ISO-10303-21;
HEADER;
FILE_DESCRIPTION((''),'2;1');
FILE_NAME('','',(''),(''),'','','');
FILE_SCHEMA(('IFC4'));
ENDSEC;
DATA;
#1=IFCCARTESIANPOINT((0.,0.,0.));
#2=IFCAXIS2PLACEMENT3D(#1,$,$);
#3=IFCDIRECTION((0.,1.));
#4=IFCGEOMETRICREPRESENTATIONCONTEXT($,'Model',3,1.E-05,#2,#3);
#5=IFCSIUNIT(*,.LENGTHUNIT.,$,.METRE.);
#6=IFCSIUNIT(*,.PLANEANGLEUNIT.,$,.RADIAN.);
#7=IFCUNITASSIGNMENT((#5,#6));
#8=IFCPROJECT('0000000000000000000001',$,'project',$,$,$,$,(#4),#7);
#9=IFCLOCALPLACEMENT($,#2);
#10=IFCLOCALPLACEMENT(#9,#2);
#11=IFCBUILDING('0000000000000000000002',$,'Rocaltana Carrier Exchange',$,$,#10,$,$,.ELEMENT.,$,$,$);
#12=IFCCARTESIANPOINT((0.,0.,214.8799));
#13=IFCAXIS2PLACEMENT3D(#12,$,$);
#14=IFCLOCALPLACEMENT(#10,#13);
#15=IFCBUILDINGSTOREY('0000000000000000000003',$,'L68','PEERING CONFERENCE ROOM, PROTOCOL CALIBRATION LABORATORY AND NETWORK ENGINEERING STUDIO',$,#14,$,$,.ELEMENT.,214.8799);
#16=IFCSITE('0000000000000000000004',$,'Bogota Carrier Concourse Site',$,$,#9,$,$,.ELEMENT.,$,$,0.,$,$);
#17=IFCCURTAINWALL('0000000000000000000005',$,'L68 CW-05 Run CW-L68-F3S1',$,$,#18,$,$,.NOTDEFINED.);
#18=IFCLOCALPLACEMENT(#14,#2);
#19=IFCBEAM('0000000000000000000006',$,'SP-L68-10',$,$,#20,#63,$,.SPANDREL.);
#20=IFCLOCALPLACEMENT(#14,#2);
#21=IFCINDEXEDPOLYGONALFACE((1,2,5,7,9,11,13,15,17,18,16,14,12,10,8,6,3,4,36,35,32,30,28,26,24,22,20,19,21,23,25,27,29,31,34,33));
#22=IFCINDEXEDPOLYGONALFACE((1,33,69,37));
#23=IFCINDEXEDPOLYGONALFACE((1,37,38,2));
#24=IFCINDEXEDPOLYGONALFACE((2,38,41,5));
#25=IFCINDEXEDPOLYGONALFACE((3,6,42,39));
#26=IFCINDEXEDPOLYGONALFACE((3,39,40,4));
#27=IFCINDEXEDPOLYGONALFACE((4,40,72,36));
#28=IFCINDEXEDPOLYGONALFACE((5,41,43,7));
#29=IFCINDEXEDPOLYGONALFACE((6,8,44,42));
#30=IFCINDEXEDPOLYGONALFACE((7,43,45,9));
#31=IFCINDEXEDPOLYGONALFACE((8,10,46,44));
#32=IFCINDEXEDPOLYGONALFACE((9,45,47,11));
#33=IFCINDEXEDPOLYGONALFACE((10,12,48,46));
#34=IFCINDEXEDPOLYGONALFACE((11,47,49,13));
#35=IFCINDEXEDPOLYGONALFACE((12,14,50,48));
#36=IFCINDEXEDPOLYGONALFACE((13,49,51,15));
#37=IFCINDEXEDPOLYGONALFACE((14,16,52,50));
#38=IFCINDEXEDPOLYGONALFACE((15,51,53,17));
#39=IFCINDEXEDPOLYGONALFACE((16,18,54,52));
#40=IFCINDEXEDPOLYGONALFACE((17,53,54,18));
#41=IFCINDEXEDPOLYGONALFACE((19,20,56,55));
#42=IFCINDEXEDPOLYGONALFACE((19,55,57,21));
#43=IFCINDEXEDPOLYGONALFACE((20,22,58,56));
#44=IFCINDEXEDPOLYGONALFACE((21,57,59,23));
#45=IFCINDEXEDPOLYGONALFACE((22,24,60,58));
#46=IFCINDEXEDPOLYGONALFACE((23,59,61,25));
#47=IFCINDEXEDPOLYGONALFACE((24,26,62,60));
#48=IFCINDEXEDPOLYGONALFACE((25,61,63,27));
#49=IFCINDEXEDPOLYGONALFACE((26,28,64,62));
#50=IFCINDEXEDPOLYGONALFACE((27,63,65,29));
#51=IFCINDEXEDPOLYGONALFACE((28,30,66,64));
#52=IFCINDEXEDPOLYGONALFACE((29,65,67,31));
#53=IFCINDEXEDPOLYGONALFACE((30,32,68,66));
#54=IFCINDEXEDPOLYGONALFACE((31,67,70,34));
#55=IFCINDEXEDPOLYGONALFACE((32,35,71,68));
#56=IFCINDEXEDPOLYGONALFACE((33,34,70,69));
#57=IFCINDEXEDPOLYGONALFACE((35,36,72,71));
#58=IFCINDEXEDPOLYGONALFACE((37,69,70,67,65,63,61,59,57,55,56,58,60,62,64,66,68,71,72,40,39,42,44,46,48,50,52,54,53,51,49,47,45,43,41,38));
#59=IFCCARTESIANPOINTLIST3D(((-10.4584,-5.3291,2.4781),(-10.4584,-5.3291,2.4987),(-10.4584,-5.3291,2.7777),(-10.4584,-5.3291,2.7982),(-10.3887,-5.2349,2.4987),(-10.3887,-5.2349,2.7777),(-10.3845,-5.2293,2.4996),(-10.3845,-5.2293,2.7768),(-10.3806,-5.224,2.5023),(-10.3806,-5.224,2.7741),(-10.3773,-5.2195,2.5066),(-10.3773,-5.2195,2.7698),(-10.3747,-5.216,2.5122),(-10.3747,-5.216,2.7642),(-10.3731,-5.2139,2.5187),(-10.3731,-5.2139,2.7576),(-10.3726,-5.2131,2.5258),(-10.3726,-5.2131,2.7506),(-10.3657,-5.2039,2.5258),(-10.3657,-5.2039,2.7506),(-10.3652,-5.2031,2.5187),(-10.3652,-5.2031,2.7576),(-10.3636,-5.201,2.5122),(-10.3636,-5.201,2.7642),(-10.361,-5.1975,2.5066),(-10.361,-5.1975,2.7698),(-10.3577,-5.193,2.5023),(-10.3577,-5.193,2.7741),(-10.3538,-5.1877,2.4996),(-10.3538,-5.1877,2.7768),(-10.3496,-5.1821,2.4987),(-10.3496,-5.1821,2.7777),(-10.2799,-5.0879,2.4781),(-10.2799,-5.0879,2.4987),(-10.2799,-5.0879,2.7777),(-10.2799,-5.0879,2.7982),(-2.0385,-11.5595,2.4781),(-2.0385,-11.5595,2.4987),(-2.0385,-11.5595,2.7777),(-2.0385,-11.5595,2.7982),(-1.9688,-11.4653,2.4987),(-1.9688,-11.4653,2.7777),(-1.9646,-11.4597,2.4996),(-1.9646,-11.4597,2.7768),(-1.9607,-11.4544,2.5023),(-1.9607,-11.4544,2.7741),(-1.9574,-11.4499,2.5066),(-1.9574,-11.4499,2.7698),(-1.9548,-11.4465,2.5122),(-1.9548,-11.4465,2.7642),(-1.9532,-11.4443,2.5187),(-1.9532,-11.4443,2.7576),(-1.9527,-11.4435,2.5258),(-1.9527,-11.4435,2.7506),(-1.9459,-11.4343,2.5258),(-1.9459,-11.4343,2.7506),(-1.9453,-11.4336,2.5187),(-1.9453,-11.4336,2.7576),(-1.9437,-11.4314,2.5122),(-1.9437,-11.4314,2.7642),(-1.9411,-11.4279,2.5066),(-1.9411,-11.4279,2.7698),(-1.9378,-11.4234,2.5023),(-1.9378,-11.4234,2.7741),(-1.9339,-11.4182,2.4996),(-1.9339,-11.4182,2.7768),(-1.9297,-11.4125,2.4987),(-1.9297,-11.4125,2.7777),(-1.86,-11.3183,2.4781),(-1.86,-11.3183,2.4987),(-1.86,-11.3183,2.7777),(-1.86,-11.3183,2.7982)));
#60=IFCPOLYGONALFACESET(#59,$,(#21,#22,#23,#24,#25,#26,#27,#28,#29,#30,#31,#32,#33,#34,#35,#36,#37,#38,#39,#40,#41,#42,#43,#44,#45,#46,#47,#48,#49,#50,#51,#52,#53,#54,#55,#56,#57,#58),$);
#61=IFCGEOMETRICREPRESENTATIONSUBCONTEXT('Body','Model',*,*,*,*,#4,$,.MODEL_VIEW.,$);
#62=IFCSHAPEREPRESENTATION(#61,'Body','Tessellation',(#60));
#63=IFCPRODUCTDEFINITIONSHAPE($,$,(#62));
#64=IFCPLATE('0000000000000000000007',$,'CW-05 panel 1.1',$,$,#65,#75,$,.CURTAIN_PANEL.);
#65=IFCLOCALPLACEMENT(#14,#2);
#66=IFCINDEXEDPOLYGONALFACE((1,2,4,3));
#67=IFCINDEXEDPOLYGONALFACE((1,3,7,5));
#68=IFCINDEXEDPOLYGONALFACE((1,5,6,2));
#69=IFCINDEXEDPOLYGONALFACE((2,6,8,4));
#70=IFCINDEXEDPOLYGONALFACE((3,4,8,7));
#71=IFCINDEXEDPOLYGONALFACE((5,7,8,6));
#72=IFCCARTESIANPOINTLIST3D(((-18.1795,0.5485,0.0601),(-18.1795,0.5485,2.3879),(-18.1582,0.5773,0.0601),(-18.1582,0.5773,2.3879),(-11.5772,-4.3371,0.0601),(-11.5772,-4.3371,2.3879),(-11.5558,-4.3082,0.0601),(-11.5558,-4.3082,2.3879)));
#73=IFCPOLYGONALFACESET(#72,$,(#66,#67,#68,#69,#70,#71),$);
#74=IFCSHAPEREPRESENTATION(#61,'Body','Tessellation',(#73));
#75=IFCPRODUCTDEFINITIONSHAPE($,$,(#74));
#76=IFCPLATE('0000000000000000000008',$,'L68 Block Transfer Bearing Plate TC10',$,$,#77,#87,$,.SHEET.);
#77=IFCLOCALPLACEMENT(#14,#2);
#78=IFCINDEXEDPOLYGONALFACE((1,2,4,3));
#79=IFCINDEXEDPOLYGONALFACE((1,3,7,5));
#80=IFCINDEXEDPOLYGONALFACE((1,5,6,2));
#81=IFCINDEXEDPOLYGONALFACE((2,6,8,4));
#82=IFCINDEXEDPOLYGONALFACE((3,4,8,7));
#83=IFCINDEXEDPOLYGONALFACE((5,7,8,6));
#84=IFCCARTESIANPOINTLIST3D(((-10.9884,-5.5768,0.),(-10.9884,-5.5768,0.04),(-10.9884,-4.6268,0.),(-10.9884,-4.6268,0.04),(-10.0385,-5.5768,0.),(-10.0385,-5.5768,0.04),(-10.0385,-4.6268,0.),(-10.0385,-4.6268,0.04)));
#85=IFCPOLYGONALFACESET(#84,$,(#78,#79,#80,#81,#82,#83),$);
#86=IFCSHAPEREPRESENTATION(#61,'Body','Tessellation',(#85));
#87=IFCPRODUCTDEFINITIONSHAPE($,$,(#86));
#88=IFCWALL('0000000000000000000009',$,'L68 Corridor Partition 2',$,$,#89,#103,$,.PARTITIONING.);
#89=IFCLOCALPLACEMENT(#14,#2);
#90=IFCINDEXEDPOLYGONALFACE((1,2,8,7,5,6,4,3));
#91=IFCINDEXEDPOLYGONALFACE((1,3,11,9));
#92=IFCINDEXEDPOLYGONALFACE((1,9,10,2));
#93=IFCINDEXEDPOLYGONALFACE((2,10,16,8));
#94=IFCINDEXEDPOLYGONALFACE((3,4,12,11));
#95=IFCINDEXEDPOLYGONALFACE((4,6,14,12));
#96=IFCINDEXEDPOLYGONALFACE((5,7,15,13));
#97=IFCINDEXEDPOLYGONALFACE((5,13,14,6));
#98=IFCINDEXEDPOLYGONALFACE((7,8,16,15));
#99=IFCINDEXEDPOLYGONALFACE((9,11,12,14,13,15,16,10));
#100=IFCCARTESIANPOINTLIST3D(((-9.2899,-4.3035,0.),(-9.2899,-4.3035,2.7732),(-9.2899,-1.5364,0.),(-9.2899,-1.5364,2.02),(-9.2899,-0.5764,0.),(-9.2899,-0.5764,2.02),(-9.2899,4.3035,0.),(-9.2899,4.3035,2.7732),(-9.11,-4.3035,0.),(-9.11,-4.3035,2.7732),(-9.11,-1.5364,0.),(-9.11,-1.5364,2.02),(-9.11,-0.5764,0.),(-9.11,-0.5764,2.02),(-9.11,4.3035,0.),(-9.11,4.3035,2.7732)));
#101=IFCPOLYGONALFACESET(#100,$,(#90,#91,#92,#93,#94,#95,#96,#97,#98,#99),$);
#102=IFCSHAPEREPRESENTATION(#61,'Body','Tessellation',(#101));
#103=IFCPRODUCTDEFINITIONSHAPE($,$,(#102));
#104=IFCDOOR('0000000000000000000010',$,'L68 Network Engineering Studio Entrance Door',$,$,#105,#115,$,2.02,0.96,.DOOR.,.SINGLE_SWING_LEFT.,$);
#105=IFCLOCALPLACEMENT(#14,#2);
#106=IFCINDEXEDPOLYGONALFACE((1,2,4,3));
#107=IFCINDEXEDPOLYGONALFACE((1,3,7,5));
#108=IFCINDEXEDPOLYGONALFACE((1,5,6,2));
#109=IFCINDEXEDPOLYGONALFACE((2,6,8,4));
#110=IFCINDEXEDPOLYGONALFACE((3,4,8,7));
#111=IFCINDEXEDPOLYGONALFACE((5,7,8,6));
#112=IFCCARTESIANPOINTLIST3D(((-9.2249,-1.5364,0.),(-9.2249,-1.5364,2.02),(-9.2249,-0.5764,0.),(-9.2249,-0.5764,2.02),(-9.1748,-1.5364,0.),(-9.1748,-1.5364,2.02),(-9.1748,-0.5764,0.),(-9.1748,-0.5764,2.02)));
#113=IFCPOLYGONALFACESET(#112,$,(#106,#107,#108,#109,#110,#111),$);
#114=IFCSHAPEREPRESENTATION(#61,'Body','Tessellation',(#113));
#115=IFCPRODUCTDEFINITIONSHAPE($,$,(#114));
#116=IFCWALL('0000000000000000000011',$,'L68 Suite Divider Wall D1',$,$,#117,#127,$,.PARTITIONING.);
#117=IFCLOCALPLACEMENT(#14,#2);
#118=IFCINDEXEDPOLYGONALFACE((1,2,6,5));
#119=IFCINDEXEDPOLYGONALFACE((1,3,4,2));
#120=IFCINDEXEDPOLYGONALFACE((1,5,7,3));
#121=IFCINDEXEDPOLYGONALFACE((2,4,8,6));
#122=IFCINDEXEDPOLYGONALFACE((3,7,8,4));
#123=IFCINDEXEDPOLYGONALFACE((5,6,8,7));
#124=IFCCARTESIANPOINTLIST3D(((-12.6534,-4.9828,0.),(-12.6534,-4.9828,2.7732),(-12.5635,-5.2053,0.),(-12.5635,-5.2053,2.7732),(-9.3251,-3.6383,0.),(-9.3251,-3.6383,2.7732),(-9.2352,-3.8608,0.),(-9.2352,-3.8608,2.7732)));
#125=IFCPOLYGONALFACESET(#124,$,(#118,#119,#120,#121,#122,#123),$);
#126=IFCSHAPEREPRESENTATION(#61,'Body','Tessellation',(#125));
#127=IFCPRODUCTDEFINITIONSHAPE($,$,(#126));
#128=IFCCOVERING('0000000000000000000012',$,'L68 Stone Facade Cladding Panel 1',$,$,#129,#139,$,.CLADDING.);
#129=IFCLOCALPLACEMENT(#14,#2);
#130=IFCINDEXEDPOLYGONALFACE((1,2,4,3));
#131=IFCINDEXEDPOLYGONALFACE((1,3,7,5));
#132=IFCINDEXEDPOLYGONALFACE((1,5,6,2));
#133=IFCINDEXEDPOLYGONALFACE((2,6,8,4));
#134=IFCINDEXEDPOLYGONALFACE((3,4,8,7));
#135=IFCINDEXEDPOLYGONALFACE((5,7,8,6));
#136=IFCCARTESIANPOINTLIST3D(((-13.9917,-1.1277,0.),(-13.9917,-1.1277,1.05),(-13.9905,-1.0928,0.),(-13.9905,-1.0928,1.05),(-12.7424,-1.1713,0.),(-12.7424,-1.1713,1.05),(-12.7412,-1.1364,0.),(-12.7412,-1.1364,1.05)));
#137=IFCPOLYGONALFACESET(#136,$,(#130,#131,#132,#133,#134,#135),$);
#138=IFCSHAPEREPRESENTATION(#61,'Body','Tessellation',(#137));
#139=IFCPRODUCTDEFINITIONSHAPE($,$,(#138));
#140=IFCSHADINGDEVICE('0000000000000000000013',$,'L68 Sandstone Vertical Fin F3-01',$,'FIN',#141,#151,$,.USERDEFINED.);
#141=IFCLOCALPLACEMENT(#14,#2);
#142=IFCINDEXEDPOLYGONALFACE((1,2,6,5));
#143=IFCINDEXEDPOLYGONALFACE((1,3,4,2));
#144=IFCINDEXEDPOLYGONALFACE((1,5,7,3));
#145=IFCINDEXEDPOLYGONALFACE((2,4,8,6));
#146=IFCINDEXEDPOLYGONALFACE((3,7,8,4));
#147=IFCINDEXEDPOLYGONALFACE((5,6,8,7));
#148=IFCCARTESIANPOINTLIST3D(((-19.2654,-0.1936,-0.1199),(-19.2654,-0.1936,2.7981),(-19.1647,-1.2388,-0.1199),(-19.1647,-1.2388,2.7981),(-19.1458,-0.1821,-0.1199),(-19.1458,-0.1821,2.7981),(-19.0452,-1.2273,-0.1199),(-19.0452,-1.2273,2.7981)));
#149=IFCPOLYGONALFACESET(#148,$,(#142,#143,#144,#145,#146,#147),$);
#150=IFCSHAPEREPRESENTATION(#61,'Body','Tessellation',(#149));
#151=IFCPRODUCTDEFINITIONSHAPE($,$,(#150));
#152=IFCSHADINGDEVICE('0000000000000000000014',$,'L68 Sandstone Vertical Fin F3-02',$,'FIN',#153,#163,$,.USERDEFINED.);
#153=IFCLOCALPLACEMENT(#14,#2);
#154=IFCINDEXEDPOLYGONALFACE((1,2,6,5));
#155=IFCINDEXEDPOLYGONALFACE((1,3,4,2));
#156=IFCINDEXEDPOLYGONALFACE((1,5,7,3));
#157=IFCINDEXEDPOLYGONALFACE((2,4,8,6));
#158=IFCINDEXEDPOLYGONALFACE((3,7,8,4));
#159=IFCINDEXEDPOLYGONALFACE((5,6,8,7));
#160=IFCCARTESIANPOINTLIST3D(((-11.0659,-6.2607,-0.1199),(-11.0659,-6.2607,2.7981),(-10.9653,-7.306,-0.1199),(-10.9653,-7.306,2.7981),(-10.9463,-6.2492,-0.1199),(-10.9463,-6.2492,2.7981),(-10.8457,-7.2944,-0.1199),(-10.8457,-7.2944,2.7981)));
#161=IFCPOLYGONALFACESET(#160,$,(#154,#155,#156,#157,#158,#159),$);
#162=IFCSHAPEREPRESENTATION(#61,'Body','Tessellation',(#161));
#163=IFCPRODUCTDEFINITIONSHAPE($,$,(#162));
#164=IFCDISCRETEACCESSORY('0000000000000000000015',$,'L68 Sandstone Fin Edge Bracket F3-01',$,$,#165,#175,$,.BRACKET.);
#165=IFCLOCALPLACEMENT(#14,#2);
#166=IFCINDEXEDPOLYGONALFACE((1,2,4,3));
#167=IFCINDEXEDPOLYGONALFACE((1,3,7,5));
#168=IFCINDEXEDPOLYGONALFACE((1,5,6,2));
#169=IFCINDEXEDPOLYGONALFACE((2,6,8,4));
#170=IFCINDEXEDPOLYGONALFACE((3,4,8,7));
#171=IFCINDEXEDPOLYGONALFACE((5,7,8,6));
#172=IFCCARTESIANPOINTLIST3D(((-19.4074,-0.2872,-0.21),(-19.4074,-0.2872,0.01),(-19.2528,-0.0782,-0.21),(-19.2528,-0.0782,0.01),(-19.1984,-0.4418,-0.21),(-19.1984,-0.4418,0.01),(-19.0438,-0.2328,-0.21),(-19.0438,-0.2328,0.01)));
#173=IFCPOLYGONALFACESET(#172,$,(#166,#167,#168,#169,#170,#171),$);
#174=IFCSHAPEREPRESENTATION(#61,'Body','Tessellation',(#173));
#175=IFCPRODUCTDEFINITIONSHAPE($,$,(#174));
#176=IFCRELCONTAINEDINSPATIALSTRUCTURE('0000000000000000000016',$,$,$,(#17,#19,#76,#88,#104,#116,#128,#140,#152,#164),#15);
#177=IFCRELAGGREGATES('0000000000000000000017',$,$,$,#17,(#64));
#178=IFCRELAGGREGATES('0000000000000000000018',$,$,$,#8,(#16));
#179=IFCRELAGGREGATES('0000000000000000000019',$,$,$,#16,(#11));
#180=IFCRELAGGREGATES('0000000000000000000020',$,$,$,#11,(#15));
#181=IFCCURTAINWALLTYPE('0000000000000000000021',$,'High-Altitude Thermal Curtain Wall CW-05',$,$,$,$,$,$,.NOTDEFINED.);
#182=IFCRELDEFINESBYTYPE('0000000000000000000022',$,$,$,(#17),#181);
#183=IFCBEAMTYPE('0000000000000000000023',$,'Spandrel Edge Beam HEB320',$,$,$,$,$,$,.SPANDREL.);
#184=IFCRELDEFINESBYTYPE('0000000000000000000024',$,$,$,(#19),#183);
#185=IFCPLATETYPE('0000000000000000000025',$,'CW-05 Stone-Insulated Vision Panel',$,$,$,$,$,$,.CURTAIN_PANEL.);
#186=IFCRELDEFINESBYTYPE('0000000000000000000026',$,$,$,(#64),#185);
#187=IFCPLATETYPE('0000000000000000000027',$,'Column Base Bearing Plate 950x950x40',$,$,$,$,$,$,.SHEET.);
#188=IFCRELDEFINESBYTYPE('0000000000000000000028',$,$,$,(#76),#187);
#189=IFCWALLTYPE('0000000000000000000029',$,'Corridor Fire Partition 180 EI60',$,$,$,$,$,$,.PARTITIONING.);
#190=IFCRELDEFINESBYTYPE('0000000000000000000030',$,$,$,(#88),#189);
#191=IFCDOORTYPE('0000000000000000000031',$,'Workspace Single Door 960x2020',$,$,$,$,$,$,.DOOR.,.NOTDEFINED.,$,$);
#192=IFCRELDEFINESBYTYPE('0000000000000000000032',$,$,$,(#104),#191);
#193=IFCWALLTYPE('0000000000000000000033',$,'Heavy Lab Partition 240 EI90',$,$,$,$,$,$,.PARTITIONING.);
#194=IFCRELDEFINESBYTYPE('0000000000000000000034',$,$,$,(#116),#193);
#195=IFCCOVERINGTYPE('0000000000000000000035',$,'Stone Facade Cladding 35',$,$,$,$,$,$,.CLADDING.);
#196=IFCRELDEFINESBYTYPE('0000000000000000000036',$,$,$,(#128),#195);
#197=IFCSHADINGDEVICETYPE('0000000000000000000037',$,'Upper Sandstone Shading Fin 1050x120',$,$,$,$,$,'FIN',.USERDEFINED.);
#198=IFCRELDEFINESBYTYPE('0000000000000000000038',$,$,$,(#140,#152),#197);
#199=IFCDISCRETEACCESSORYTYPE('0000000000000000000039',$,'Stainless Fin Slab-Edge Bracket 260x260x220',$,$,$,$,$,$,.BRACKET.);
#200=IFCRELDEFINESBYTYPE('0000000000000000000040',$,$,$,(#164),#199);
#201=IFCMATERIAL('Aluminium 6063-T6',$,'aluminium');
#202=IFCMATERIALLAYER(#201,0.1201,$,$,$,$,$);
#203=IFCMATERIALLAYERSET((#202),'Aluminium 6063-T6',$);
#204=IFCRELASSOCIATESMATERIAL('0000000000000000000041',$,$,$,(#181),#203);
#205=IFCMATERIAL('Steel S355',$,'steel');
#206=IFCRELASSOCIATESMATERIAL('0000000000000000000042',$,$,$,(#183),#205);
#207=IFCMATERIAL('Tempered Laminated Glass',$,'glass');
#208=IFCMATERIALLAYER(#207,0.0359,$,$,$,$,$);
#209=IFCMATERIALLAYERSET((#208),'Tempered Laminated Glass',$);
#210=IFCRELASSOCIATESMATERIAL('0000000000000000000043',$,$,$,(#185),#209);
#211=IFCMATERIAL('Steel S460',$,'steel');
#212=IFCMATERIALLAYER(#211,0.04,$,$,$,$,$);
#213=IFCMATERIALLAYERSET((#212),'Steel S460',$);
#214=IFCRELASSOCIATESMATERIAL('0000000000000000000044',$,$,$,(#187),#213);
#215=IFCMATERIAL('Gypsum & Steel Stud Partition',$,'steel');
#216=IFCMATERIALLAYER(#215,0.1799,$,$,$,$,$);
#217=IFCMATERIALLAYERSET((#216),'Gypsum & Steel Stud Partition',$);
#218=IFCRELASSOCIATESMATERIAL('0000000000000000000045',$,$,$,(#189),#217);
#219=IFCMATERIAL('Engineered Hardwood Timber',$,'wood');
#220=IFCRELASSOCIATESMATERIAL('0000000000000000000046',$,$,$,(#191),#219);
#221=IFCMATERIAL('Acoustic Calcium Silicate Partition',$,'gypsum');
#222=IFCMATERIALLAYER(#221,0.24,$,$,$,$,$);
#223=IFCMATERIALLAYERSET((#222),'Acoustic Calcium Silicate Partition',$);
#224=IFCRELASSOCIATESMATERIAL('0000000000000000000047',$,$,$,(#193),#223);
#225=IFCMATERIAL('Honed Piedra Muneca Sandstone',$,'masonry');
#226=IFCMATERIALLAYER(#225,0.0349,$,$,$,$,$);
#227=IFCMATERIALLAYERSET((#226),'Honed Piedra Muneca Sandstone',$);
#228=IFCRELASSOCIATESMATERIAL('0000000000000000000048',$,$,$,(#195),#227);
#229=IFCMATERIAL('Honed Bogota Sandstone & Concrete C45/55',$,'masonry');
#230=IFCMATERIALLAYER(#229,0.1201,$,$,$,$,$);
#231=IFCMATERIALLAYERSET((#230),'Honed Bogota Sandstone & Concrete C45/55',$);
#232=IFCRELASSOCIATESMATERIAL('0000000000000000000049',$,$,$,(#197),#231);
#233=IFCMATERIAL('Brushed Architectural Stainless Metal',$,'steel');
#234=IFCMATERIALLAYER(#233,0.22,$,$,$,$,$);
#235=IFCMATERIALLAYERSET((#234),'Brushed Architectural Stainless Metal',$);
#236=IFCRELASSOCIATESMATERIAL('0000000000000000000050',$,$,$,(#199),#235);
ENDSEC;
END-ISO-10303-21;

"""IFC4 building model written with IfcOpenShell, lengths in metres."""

from ifc_helpers import new_model, si_unit, direction, frame, frame_2d, origin, origin_2d, place, context, subcontext, project, spatial, rectangle, i_section, extrude, material, layer, layer_set, material_profile, profile_set, type_object, element, fill, aggregate, save


model = new_model("IFC4")

# Units and contexts
model_context = context("Model", 3, precision=1e-05, world=origin(), true_north=direction((0.0, 1.0)))
body_context = subcontext(model_context, "Body", "Model", "MODEL_VIEW")
ifc_project = project(units=[si_unit("LENGTHUNIT", "METRE"), si_unit("PLANEANGLEUNIT", "RADIAN")], contexts=[model_context])

# Site, building, storey
site_placement = place(None, origin())
site = spatial("IfcSite", under=ifc_project, at=site_placement, Name="Bogota Carrier Concourse Site", CompositionType="ELEMENT", RefElevation=0.0)
building_placement = place(site_placement, origin())
building = spatial("IfcBuilding", under=site, at=building_placement, Name="Rocaltana Carrier Exchange", CompositionType="ELEMENT")
storey_placement = place(building_placement, frame((0.0, 0.0, 214.8799)))
storey = spatial("IfcBuildingStorey", under=building, at=storey_placement, Name="L68", Description="PEERING CONFERENCE ROOM, PROTOCOL CALIBRATION LABORATORY AND NETWORK ENGINEERING STUDIO", CompositionType="ELEMENT", Elevation=214.8799)

# Curtain wall
ifc_material_1 = material(Name="Aluminium 6063-T6", Category="aluminium")
ifc_layer_1 = layer(ifc_material_1, 0.1201)
ifc_layer_set_1 = layer_set([ifc_layer_1], Name="Aluminium 6063-T6")
curtain_wall_type = type_object("IfcCurtainWallType", Name="High-Altitude Thermal Curtain Wall CW-05", PredefinedType="NOTDEFINED", material=ifc_layer_set_1)
curtain_wall_1_placement = place(storey_placement, origin())
curtain_wall_1 = element("IfcCurtainWall", 1, at=curtain_wall_1_placement, inside=storey, type_object=curtain_wall_type, Name="L68 CW-05 Run CW-L68-F3S1", PredefinedType="NOTDEFINED")

# Beam
ifc_material_2 = material(Name="Steel S355", Category="steel")
ifc_material_profile_1 = material_profile(ifc_material_2, i_section(OverallWidth=0.3, OverallDepth=0.3201, WebThickness=0.0115, FlangeThickness=0.0205, FilletRadius=0.0271, at=origin_2d()), Name="HEB320")
ifc_profile_set_1 = profile_set([ifc_material_profile_1], Name="Steel S355")
beam_type_1 = type_object("IfcBeamType", Name="Spandrel Edge Beam HEB320", PredefinedType="SPANDREL", material=ifc_profile_set_1)
beam_1_placement = place(storey_placement, frame((-10.3691, -5.2085, 2.6382), z_axis=(0.803854, -0.594826, 0.0), x_axis=(0.594826, 0.803854, 0.0)))
element("IfcBeam", 2, at=beam_1_placement, inside=storey, type_object=beam_type_1, Name="SP-L68-10", PredefinedType="SPANDREL", context=body_context, shape_type="SweptSolid", body=[
    extrude(i_section(OverallWidth=0.3, OverallDepth=0.3201, WebThickness=0.0115, FlangeThickness=0.0205, FilletRadius=0.0271, at=origin_2d()), origin(), (0.0, 0.0, 1.0), 10.4744),
])

# Plates
ifc_material_3 = material(Name="Tempered Laminated Glass", Category="glass")
ifc_layer_2 = layer(ifc_material_3, 0.0359)
ifc_layer_set_2 = layer_set([ifc_layer_2], Name="Tempered Laminated Glass")
plate_type_1 = type_object("IfcPlateType", Name="CW-05 Stone-Insulated Vision Panel", PredefinedType="CURTAIN_PANEL", material=ifc_layer_set_2)
plate_1_placement = place(storey_placement, frame((-14.8677, -1.8799, 0.0601), z_axis=(0.0, 0.0, 1.0), x_axis=(0.803854, -0.594827, 0.0)))
plate_1 = element("IfcPlate", 3, at=plate_1_placement, type_object=plate_type_1, Name="CW-05 panel 1.1", PredefinedType="CURTAIN_PANEL", context=body_context, shape_type="SweptSolid", body=[
    extrude(rectangle(XDim=8.2134, YDim=0.0359, at=origin_2d()), origin(), (0.0, 0.0, 1.0), 2.3279),
])
aggregate(curtain_wall_1, [plate_1])
ifc_material_4 = material(Name="Steel S460", Category="steel")
ifc_layer_3 = layer(ifc_material_4, 0.04)
ifc_layer_set_3 = layer_set([ifc_layer_3], Name="Steel S460")
plate_type_2 = type_object("IfcPlateType", Name="Column Base Bearing Plate 950x950x40", PredefinedType="SHEET", material=ifc_layer_set_3)
plate_2_placement = place(storey_placement, frame((-10.5134, -5.1018, 0.0), z_axis=(0.0, 0.0, 1.0), x_axis=(1.0, 0.0, 0.0)))
element("IfcPlate", 4, at=plate_2_placement, inside=storey, type_object=plate_type_2, Name="L68 Block Transfer Bearing Plate TC10", PredefinedType="SHEET", context=body_context, shape_type="SweptSolid", body=[
    extrude(rectangle(XDim=0.95, YDim=0.95, at=origin_2d()), origin(), (0.0, 0.0, 1.0), 0.04),
])

# Wall, opening, door
ifc_material_5 = material(Name="Gypsum & Steel Stud Partition", Category="steel")
ifc_layer_4 = layer(ifc_material_5, 0.1799)
ifc_layer_set_4 = layer_set([ifc_layer_4], Name="Gypsum & Steel Stud Partition")
wall_type_1 = type_object("IfcWallType", Name="Corridor Fire Partition 180 EI60", PredefinedType="PARTITIONING", material=ifc_layer_set_4)
wall_1_placement = place(storey_placement, frame((-9.2, -4.3035, 0.0), z_axis=(0.0, 0.0, 1.0), x_axis=(0.0, 1.0, 0.0)))
wall_1 = element("IfcWall", 5, at=wall_1_placement, inside=storey, type_object=wall_type_1, Name="L68 Corridor Partition 2", PredefinedType="PARTITIONING", context=body_context, shape_type="SweptSolid", body=[
    extrude(rectangle(XDim=8.6069, YDim=0.1799, at=frame_2d((4.3035, 0.0))), origin(), (0.0, 0.0, 1.0), 2.7732),
])
opening_placement = place(wall_1_placement, frame((2.7671, 0.0, 0.0)))
opening = element("IfcOpeningElement", 6, at=opening_placement, cuts=wall_1, PredefinedType="OPENING", context=body_context, shape_type="SweptSolid", body=[
    extrude(rectangle(XDim=0.96, YDim=2.02, at=frame_2d((0.48, 1.01))), frame((0.0, 0.0999, 0.0), z_axis=(0.0, -1.0, 0.0), x_axis=(1.0, 0.0, 0.0)), (0.0, 0.0, 1.0), 0.2),
])
ifc_material_6 = material(Name="Engineered Hardwood Timber", Category="wood")
door_type = type_object("IfcDoorType", Name="Workspace Single Door 960x2020", OperationType="NOTDEFINED", PredefinedType="DOOR", material=ifc_material_6)
door_placement = place(opening_placement, origin())
door = element("IfcDoor", 7, at=door_placement, inside=storey, type_object=door_type, Name="L68 Network Engineering Studio Entrance Door", OperationType="SINGLE_SWING_LEFT", OverallHeight=2.02, OverallWidth=0.96, PredefinedType="DOOR", context=body_context, shape_type="SweptSolid", body=[
    extrude(rectangle(XDim=0.96, YDim=2.02, at=frame_2d((0.48, 1.01))), frame((0.0, 0.0249, 0.0), z_axis=(0.0, -1.0, 0.0), x_axis=(1.0, 0.0, 0.0)), (0.0, 0.0, 1.0), 0.05),
])
fill(opening, door)

# Wall
ifc_material_7 = material(Name="Acoustic Calcium Silicate Partition", Category="gypsum")
ifc_layer_5 = layer(ifc_material_7, 0.24)
ifc_layer_set_5 = layer_set([ifc_layer_5], Name="Acoustic Calcium Silicate Partition")
wall_type_2 = type_object("IfcWallType", Name="Heavy Lab Partition 240 EI90", PredefinedType="PARTITIONING", material=ifc_layer_set_5)
wall_2_placement = place(storey_placement, frame((-9.28, -3.7495, 0.0), z_axis=(0.0, 0.0, 1.0), x_axis=(-0.92721, -0.374543, 0.0)))
element("IfcWall", 8, at=wall_2_placement, inside=storey, type_object=wall_type_2, Name="L68 Suite Divider Wall D1", PredefinedType="PARTITIONING", context=body_context, shape_type="SweptSolid", body=[
    extrude(rectangle(XDim=3.5896, YDim=0.24, at=frame_2d((1.7949, 0.0))), origin(), (0.0, 0.0, 1.0), 2.7732),
])

# Covering
ifc_material_8 = material(Name="Honed Piedra Muneca Sandstone", Category="masonry")
ifc_layer_6 = layer(ifc_material_8, 0.0349)
ifc_layer_set_6 = layer_set([ifc_layer_6], Name="Honed Piedra Muneca Sandstone")
covering_type = type_object("IfcCoveringType", Name="Stone Facade Cladding 35", PredefinedType="CLADDING", material=ifc_layer_set_6)
covering_placement = place(storey_placement, frame((-13.3665, -1.1321, 0.0), z_axis=(0.0, 0.0, 1.0), x_axis=(-0.999391, 0.034899, 0.0)))
element("IfcCovering", 9, at=covering_placement, inside=storey, type_object=covering_type, Name="L68 Stone Facade Cladding Panel 1", PredefinedType="CLADDING", context=body_context, shape_type="SweptSolid", body=[
    extrude(rectangle(XDim=1.25, YDim=0.0349, at=origin_2d()), origin(), (0.0, 0.0, 1.0), 1.05),
])

# Shading devices
ifc_material_9 = material(Name="Honed Bogota Sandstone & Concrete C45/55", Category="masonry")
ifc_layer_7 = layer(ifc_material_9, 0.1201)
ifc_layer_set_7 = layer_set([ifc_layer_7], Name="Honed Bogota Sandstone & Concrete C45/55")
shading_device_type = type_object("IfcShadingDeviceType", Name="Upper Sandstone Shading Fin 1050x120", ElementType="FIN", PredefinedType="USERDEFINED", material=ifc_layer_set_7)
for number, where, z_axis, x_axis, name in (
    (10, (-19.1553, -0.7104, -0.1199), (0.0, 0.0, 1.0), (0.095846, -0.995396, 0.0), "L68 Sandstone Vertical Fin F3-01"),
    (11, (-10.9558, -6.7776, -0.1199), (0.0, 0.0, 1.0), (0.095846, -0.995396, 0.0), "L68 Sandstone Vertical Fin F3-02"),
):
    element("IfcShadingDevice", number, at=place(storey_placement, frame(where, z_axis=z_axis, x_axis=x_axis)), inside=storey, type_object=shading_device_type, Name=name, ObjectType="FIN", PredefinedType="USERDEFINED", context=body_context, shape_type="SweptSolid", body=[
        extrude(rectangle(XDim=1.05, YDim=0.1201, at=origin_2d()), origin(), (0.0, 0.0, 1.0), 2.918),
    ])

# Discrete accessory
ifc_material_10 = material(Name="Brushed Architectural Stainless Metal", Category="steel")
ifc_layer_8 = layer(ifc_material_10, 0.22)
ifc_layer_set_8 = layer_set([ifc_layer_8], Name="Brushed Architectural Stainless Metal")
discrete_accessory_type = type_object("IfcDiscreteAccessoryType", Name="Stainless Fin Slab-Edge Bracket 260x260x220", PredefinedType="BRACKET", material=ifc_layer_set_8)
for number, where, z_axis, x_axis, name in (
    (12, (-19.2256, -0.26, -0.21), (0.0, 0.0, 1.0), (0.803857, -0.594823, 0.0), "L68 Sandstone Fin Edge Bracket F3-01"),
):
    element("IfcDiscreteAccessory", number, at=place(storey_placement, frame(where, z_axis=z_axis, x_axis=x_axis)), inside=storey, type_object=discrete_accessory_type, Name=name, PredefinedType="BRACKET", context=body_context, shape_type="SweptSolid", body=[
        extrude(rectangle(XDim=0.26, YDim=0.26, at=origin_2d()), origin(), (0.0, 0.0, 1.0), 0.22),
    ])

save(model, "model.ifc")
